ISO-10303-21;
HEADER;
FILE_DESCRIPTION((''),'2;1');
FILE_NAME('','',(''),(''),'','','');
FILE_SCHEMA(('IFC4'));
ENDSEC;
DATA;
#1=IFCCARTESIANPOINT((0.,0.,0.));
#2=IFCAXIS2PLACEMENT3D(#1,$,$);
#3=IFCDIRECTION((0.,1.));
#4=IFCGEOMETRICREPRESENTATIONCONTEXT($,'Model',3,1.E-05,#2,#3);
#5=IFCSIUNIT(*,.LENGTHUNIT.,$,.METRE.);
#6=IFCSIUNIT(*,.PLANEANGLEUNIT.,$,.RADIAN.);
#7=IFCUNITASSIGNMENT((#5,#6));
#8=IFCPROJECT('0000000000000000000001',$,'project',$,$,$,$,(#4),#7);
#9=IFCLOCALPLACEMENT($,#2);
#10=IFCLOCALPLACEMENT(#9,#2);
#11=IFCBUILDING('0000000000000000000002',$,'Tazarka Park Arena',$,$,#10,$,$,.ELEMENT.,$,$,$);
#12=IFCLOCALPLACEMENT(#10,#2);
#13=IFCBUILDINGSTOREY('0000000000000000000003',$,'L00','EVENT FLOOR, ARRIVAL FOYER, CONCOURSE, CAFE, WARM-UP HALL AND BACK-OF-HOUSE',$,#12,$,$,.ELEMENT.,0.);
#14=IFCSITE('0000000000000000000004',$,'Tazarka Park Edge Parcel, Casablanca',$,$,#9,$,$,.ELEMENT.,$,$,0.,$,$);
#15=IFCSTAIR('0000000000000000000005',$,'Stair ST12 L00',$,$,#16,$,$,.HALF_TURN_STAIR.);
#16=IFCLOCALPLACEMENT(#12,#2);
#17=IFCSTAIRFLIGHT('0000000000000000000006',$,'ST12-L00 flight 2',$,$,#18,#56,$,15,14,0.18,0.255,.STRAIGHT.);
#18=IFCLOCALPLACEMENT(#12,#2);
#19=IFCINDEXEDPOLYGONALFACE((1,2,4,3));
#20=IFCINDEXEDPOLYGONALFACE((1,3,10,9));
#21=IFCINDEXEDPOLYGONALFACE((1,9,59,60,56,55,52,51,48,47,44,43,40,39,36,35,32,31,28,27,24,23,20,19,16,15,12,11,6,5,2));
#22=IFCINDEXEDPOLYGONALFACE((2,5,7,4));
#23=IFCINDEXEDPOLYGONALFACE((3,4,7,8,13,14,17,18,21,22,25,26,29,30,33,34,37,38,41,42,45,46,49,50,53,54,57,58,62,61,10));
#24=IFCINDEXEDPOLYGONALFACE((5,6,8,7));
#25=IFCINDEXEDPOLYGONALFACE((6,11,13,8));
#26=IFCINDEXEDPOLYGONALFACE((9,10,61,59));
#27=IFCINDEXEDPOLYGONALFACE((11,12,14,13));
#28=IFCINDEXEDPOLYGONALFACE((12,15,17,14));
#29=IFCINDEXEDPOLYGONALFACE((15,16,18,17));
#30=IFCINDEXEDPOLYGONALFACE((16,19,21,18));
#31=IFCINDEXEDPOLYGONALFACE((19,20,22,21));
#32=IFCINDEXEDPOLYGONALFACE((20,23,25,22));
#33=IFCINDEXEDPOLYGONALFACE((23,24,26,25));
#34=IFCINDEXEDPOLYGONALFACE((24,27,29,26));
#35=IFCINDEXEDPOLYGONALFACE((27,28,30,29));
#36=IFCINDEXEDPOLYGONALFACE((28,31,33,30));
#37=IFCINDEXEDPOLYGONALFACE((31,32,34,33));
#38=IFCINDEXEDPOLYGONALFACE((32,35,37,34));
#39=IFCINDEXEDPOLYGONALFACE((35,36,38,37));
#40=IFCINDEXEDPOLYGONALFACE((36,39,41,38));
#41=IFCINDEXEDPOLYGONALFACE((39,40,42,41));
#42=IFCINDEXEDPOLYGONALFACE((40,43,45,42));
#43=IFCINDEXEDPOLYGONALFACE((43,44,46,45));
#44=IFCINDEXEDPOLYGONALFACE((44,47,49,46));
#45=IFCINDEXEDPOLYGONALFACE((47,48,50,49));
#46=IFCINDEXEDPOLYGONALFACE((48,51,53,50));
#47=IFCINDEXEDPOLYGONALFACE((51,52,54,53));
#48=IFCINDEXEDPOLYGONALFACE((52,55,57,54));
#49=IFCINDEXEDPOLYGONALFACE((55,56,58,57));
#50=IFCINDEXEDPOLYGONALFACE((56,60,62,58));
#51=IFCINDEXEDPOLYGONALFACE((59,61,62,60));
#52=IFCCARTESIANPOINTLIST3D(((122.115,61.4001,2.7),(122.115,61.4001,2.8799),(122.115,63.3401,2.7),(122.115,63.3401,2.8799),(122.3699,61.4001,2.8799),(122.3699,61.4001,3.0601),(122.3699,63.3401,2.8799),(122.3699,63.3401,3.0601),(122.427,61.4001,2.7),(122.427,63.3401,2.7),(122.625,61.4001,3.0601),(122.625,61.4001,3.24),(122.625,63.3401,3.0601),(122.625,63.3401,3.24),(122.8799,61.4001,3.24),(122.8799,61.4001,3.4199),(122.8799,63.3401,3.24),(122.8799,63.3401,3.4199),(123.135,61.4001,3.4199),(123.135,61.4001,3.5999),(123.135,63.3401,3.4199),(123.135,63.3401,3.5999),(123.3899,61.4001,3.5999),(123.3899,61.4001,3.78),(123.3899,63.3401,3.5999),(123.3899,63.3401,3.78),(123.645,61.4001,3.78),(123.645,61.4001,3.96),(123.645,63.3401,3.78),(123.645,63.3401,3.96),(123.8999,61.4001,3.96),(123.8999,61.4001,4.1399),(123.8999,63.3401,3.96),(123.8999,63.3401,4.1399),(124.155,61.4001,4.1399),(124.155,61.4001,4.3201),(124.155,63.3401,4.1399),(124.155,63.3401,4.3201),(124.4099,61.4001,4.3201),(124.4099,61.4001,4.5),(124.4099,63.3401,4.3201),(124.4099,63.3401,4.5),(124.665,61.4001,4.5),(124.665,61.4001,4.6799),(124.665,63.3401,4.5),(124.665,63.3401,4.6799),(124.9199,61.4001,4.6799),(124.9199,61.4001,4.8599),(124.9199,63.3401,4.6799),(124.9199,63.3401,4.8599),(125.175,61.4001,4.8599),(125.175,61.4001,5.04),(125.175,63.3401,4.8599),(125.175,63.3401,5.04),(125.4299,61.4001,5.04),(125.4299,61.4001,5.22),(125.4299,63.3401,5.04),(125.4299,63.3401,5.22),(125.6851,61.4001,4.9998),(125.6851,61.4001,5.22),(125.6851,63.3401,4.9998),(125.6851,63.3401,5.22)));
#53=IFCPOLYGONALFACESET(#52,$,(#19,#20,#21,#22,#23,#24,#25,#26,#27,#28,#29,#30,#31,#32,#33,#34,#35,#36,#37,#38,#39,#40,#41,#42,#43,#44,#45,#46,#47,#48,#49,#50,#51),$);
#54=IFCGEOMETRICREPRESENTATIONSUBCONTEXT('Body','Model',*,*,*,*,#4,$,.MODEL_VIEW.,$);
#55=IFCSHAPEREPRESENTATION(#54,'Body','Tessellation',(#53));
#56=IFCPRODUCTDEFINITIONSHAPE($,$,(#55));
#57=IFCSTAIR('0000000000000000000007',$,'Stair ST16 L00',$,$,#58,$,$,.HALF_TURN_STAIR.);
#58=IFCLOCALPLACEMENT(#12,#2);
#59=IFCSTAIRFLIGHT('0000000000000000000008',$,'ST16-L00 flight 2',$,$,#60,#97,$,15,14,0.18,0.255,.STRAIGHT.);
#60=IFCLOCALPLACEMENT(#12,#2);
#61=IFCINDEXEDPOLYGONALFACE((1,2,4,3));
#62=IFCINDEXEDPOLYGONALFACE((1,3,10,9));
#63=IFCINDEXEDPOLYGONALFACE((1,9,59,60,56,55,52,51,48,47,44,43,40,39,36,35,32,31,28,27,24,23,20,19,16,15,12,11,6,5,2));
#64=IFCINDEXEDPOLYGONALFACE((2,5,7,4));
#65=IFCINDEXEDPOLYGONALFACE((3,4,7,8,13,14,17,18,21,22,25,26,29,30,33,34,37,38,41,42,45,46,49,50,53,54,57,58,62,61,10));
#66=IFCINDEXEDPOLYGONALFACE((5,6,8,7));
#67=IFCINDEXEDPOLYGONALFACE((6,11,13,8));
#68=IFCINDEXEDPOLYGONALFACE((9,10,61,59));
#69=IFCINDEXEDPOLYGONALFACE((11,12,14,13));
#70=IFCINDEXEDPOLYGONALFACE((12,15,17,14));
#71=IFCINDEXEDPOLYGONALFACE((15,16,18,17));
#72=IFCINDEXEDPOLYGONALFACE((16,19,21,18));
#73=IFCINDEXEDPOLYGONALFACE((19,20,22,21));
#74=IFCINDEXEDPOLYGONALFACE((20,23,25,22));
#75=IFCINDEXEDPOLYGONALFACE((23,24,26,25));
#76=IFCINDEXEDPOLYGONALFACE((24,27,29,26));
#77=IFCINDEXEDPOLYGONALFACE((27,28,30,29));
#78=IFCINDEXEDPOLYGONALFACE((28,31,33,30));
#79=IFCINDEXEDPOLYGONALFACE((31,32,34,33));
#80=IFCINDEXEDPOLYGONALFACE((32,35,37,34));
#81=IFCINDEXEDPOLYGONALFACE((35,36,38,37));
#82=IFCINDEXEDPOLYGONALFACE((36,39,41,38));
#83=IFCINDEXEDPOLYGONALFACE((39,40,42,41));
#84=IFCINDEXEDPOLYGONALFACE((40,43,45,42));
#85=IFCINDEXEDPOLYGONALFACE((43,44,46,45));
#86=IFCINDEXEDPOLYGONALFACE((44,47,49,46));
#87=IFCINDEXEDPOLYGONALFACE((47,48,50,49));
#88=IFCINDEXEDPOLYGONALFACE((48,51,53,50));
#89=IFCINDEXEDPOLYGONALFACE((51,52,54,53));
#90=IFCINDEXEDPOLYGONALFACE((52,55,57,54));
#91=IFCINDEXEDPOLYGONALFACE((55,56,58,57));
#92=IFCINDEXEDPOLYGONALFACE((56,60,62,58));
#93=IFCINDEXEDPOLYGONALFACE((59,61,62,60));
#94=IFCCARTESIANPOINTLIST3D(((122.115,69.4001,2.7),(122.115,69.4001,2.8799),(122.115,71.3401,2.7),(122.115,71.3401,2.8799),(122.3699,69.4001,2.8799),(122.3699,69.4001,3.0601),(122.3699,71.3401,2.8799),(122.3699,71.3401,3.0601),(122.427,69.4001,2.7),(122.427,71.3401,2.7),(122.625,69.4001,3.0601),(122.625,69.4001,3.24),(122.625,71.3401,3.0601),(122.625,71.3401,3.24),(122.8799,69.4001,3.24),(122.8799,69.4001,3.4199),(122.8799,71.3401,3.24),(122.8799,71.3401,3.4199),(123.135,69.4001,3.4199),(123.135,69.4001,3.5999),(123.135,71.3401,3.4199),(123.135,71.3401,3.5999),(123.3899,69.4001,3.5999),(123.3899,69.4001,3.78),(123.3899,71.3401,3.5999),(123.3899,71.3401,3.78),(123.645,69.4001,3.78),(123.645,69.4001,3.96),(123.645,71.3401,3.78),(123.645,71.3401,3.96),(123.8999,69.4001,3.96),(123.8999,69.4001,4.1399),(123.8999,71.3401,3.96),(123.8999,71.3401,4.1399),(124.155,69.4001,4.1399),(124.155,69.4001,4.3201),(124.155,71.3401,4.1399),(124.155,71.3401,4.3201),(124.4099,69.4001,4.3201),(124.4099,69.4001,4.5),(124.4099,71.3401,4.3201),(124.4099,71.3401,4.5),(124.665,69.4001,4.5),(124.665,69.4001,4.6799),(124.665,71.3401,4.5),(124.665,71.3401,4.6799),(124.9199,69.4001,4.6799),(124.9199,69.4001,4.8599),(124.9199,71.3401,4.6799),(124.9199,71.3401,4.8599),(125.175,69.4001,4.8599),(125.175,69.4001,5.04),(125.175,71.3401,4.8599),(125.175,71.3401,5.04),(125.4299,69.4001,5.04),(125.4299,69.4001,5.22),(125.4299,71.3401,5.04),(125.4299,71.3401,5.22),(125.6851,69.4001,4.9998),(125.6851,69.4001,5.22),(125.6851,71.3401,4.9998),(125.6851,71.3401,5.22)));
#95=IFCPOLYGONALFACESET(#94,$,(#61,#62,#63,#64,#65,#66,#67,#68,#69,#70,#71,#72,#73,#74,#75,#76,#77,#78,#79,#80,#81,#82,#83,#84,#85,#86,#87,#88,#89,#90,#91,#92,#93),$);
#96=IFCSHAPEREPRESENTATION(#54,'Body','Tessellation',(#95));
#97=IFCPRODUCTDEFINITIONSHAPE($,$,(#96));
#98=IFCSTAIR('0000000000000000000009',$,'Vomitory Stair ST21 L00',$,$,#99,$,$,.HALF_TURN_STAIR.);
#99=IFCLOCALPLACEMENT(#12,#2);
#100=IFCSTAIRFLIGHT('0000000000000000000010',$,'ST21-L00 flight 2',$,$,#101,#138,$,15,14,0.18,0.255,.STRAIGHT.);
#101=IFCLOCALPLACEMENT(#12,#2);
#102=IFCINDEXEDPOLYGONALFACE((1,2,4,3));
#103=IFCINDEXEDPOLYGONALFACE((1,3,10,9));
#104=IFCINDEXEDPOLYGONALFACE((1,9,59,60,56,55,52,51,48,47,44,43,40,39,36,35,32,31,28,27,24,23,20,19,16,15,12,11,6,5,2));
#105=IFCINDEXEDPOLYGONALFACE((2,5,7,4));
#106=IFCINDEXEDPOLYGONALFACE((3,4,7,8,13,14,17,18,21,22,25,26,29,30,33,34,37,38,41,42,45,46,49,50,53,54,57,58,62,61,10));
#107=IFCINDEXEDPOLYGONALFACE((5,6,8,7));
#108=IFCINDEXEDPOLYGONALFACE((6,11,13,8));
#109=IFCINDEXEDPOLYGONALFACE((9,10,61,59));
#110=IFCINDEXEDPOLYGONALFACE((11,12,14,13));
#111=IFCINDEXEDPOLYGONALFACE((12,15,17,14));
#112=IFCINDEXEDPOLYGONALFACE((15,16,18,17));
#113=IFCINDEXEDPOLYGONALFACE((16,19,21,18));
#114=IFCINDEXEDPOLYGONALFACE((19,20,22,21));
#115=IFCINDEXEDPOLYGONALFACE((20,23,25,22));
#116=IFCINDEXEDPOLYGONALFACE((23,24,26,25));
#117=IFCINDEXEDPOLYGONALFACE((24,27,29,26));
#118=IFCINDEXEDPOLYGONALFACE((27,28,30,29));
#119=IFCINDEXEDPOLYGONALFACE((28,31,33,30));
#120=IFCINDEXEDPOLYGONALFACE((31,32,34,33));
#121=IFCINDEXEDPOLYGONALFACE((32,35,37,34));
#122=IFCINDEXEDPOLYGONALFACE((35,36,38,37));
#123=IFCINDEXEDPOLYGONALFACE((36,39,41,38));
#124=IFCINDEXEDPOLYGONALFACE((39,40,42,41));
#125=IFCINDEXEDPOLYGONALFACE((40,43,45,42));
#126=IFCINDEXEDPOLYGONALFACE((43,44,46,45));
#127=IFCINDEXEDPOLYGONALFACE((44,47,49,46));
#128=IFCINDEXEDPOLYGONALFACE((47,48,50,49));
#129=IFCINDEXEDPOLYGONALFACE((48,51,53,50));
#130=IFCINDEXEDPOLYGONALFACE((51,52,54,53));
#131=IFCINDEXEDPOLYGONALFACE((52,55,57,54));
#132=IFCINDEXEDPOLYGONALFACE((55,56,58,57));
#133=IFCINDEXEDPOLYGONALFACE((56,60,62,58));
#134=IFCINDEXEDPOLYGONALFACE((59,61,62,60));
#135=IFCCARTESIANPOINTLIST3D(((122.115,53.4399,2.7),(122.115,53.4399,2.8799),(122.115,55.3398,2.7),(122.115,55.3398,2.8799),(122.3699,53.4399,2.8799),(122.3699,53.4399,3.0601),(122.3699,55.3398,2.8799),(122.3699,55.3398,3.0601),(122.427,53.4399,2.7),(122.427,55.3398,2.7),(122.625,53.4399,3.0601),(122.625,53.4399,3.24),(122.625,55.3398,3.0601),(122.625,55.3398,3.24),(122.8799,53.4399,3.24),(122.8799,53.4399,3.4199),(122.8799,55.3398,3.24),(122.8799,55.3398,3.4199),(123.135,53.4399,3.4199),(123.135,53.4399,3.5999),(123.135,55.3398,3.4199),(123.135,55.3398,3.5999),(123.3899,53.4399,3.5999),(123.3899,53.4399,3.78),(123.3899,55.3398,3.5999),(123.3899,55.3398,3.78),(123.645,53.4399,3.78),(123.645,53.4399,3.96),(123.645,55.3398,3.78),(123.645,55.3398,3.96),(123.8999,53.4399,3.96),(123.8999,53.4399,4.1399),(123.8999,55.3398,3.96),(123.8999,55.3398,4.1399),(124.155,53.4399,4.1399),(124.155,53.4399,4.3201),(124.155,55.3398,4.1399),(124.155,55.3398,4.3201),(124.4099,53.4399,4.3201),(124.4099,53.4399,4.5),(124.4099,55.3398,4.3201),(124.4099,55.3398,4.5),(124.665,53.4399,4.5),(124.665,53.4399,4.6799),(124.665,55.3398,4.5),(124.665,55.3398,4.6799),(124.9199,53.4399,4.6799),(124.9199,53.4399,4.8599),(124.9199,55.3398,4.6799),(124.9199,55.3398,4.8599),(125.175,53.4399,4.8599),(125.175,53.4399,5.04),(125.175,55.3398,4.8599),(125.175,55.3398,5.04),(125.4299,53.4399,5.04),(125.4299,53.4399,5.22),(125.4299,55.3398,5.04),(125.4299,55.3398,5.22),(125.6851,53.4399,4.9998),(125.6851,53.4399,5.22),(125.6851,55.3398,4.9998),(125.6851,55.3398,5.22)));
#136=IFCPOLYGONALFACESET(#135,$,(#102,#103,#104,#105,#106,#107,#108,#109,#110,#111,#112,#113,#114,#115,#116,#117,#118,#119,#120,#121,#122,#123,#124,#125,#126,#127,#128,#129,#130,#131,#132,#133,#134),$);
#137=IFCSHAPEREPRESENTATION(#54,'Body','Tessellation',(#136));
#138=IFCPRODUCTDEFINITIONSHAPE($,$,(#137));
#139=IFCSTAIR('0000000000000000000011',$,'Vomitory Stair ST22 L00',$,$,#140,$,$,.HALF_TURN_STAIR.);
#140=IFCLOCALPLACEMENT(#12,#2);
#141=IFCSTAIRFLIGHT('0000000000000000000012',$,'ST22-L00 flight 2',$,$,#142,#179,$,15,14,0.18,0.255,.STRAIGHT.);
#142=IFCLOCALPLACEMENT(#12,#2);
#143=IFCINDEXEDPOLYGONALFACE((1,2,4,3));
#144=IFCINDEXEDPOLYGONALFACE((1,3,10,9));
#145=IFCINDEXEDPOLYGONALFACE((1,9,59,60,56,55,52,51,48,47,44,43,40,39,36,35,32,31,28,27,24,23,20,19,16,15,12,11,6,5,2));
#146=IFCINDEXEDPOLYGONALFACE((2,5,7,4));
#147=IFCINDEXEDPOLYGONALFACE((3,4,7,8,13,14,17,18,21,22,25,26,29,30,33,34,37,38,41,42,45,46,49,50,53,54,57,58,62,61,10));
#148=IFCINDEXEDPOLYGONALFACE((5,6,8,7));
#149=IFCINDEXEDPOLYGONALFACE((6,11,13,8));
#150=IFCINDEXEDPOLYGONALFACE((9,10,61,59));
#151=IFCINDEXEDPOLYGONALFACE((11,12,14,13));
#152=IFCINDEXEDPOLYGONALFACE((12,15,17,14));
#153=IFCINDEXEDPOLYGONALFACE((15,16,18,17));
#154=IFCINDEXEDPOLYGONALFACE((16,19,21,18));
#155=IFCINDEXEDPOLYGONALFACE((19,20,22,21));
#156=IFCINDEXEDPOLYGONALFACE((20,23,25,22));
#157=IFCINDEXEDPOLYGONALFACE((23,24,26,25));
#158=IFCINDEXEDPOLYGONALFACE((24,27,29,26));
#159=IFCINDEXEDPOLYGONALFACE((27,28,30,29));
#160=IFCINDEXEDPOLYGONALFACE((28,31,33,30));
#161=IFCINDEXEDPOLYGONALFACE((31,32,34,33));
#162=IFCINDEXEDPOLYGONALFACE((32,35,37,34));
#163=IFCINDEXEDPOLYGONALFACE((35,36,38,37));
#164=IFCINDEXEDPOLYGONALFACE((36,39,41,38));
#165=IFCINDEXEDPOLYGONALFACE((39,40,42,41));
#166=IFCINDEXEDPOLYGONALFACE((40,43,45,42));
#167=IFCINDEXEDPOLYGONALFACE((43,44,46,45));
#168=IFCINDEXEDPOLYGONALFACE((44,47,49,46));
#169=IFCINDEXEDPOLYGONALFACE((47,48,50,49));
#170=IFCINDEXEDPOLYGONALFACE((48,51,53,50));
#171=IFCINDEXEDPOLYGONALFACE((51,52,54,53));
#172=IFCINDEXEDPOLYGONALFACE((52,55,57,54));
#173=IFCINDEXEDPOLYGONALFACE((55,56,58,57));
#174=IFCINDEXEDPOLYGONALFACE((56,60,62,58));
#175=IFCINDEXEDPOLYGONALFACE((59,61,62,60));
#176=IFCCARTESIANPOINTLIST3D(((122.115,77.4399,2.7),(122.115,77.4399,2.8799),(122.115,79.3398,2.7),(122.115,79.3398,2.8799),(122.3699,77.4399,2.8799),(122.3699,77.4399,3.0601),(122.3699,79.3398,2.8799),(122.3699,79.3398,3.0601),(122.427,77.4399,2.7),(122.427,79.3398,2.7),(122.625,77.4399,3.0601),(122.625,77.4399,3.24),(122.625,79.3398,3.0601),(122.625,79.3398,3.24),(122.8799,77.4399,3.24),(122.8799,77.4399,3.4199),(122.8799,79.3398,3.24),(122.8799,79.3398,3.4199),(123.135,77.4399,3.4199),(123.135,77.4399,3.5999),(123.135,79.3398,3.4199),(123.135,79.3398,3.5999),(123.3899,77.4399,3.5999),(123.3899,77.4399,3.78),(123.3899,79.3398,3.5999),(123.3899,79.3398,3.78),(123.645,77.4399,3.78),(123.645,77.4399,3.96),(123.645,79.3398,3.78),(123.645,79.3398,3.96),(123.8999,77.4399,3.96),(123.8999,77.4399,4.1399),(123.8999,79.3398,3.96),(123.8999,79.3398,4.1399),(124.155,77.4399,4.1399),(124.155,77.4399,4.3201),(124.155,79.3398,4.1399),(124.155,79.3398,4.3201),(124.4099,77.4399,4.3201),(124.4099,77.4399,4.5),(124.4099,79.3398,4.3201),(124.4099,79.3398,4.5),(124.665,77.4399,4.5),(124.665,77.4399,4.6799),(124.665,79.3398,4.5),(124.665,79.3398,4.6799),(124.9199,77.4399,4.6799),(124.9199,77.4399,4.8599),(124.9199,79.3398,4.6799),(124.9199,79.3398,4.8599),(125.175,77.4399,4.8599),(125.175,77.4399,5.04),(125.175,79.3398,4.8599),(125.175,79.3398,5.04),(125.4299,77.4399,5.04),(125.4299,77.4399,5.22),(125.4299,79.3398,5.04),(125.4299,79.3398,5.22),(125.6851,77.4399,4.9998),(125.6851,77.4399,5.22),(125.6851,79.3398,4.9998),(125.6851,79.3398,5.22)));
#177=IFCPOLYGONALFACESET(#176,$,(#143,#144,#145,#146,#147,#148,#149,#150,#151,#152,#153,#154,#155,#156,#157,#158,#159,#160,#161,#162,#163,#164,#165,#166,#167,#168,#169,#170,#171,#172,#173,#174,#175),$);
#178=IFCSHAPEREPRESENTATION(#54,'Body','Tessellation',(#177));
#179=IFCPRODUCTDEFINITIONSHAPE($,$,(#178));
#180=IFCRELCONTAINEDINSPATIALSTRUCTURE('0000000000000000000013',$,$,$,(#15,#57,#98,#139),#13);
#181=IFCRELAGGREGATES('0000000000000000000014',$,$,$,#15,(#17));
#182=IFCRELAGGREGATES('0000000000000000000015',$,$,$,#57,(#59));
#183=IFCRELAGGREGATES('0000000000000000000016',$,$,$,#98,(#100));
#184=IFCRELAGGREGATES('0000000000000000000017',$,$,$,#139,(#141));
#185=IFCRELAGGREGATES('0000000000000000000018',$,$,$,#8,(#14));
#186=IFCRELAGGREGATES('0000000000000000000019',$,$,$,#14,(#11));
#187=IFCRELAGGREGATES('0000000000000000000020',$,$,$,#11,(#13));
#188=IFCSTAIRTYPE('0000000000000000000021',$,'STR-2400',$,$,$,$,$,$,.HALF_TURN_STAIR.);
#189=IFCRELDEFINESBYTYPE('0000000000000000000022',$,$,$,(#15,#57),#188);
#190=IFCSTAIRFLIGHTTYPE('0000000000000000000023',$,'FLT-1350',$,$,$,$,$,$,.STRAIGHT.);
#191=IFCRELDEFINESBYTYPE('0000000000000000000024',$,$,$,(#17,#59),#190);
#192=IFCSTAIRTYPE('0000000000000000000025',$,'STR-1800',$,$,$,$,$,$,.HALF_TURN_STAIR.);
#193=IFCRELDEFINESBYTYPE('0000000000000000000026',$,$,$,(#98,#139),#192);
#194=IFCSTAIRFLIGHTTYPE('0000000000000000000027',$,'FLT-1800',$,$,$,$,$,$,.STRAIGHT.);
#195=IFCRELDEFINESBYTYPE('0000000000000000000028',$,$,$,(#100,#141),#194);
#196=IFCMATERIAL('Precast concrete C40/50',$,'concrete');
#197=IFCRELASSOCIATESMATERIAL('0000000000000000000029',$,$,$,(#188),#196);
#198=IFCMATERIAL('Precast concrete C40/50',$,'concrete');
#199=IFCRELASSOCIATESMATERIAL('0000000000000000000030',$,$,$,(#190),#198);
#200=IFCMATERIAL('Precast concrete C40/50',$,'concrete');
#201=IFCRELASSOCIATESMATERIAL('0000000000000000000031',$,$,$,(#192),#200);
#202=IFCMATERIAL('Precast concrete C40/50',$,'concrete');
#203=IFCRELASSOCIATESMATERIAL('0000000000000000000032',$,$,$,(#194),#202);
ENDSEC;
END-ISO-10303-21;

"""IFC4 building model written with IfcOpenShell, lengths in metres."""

from ifc_helpers import new_model, si_unit, direction, frame, origin, place, context, subcontext, project, spatial, polyline, outline, extrude, material, type_object, element, aggregate, save


model = new_model("IFC4")

# Units and contexts
model_context = context("Model", 3, precision=1e-05, world=origin(), true_north=direction((0.0, 1.0)))
body_context = subcontext(model_context, "Body", "Model", "MODEL_VIEW")
ifc_project = project(units=[si_unit("LENGTHUNIT", "METRE"), si_unit("PLANEANGLEUNIT", "RADIAN")], contexts=[model_context])

# Site, building, storey
site_placement = place(None, origin())
site = spatial("IfcSite", under=ifc_project, at=site_placement, Name="Tazarka Park Edge Parcel, Casablanca", CompositionType="ELEMENT", RefElevation=0.0)
building_placement = place(site_placement, origin())
building = spatial("IfcBuilding", under=site, at=building_placement, Name="Tazarka Park Arena", CompositionType="ELEMENT")
storey_placement = place(building_placement, origin())
storey = spatial("IfcBuildingStorey", under=building, at=storey_placement, Name="L00", Description="EVENT FLOOR, ARRIVAL FOYER, CONCOURSE, CAFE, WARM-UP HALL AND BACK-OF-HOUSE", CompositionType="ELEMENT", Elevation=0.0)

# Stairs, stair flights
ifc_material_1 = material(Name="Precast concrete C40/50", Category="concrete")
stair_type_1 = type_object("IfcStairType", Name="STR-2400", PredefinedType="HALF_TURN_STAIR", material=ifc_material_1)
stair_1_placement = place(storey_placement, origin())
stair_1 = element("IfcStair", 1, at=stair_1_placement, inside=storey, type_object=stair_type_1, Name="Stair ST12 L00", PredefinedType="HALF_TURN_STAIR")
ifc_material_2 = material(Name="Precast concrete C40/50", Category="concrete")
stair_flight_type_1 = type_object("IfcStairFlightType", Name="FLT-1350", PredefinedType="STRAIGHT", material=ifc_material_2)
stair_flight_1_placement = place(storey_placement, frame((122.115, 62.3701, 2.7), z_axis=(0.0, 0.0, 1.0), x_axis=(1.0, 0.0, 0.0)))
stair_flight_1 = element("IfcStairFlight", 2, at=stair_flight_1_placement, type_object=stair_flight_type_1, Name="ST12-L00 flight 2", NumberOfRisers=15, NumberOfTreads=14, PredefinedType="STRAIGHT", RiserHeight=0.18, TreadLength=0.255, context=body_context, shape_type="SweptSolid", body=[
    extrude(outline(polyline([(0.0, 0.0), (0.0, 0.1799), (0.2549, 0.1799), (0.2549, 0.3601), (0.51, 0.3601), (0.51, 0.54), (0.7649, 0.54), (0.7649, 0.72), (1.02, 0.72), (1.02, 0.8999), (1.2749, 0.8999), (1.2749, 1.0801), (1.53, 1.0801), (1.53, 1.26), (1.7849, 1.26), (1.7849, 1.4399), (2.04, 1.4399), (2.04, 1.6201), (2.2949, 1.6201), (2.2949, 1.8), (2.55, 1.8), (2.55, 1.98), (2.8049, 1.98), (2.8049, 2.1599), (3.0601, 2.1599), (3.0601, 2.3401), (3.3149, 2.3401), (3.3149, 2.52), (3.5701, 2.52), (3.5701, 2.7), (3.5701, 2.2998), (0.312, 0.0), (0.0, 0.0)])), frame((0.0, 0.97, 0.0), z_axis=(0.0, -1.0, 0.0), x_axis=(1.0, 0.0, 0.0)), (0.0, 0.0, 1.0), 1.9399),
])
aggregate(stair_1, [stair_flight_1])
stair_2_placement = place(storey_placement, origin())
stair_2 = element("IfcStair", 3, at=stair_2_placement, inside=storey, type_object=stair_type_1, Name="Stair ST16 L00", PredefinedType="HALF_TURN_STAIR")
stair_flight_2_placement = place(storey_placement, frame((122.115, 70.3701, 2.7), z_axis=(0.0, 0.0, 1.0), x_axis=(1.0, 0.0, 0.0)))
stair_flight_2 = element("IfcStairFlight", 4, at=stair_flight_2_placement, type_object=stair_flight_type_1, Name="ST16-L00 flight 2", NumberOfRisers=15, NumberOfTreads=14, PredefinedType="STRAIGHT", RiserHeight=0.18, TreadLength=0.255, context=body_context, shape_type="SweptSolid", body=[
    extrude(outline(polyline([(0.0, 0.0), (0.0, 0.1799), (0.2549, 0.1799), (0.2549, 0.3601), (0.51, 0.3601), (0.51, 0.54), (0.7649, 0.54), (0.7649, 0.72), (1.02, 0.72), (1.02, 0.8999), (1.2749, 0.8999), (1.2749, 1.0801), (1.53, 1.0801), (1.53, 1.26), (1.7849, 1.26), (1.7849, 1.4399), (2.04, 1.4399), (2.04, 1.6201), (2.2949, 1.6201), (2.2949, 1.8), (2.55, 1.8), (2.55, 1.98), (2.8049, 1.98), (2.8049, 2.1599), (3.0601, 2.1599), (3.0601, 2.3401), (3.3149, 2.3401), (3.3149, 2.52), (3.5701, 2.52), (3.5701, 2.7), (3.5701, 2.2998), (0.312, 0.0), (0.0, 0.0)])), frame((0.0, 0.97, 0.0), z_axis=(0.0, -1.0, 0.0), x_axis=(1.0, 0.0, 0.0)), (0.0, 0.0, 1.0), 1.9399),
])
aggregate(stair_2, [stair_flight_2])
ifc_material_3 = material(Name="Precast concrete C40/50", Category="concrete")
stair_type_2 = type_object("IfcStairType", Name="STR-1800", PredefinedType="HALF_TURN_STAIR", material=ifc_material_3)
stair_3_placement = place(storey_placement, origin())
stair_3 = element("IfcStair", 5, at=stair_3_placement, inside=storey, type_object=stair_type_2, Name="Vomitory Stair ST21 L00", PredefinedType="HALF_TURN_STAIR")
ifc_material_4 = material(Name="Precast concrete C40/50", Category="concrete")
stair_flight_type_2 = type_object("IfcStairFlightType", Name="FLT-1800", PredefinedType="STRAIGHT", material=ifc_material_4)
stair_flight_3_placement = place(storey_placement, frame((122.115, 54.3899, 2.7), z_axis=(0.0, 0.0, 1.0), x_axis=(1.0, 0.0, 0.0)))
stair_flight_3 = element("IfcStairFlight", 6, at=stair_flight_3_placement, type_object=stair_flight_type_2, Name="ST21-L00 flight 2", NumberOfRisers=15, NumberOfTreads=14, PredefinedType="STRAIGHT", RiserHeight=0.18, TreadLength=0.255, context=body_context, shape_type="SweptSolid", body=[
    extrude(outline(polyline([(0.0, 0.0), (0.0, 0.1799), (0.2549, 0.1799), (0.2549, 0.3601), (0.51, 0.3601), (0.51, 0.54), (0.7649, 0.54), (0.7649, 0.72), (1.02, 0.72), (1.02, 0.8999), (1.2749, 0.8999), (1.2749, 1.0801), (1.53, 1.0801), (1.53, 1.26), (1.7849, 1.26), (1.7849, 1.4399), (2.04, 1.4399), (2.04, 1.6201), (2.2949, 1.6201), (2.2949, 1.8), (2.55, 1.8), (2.55, 1.98), (2.8049, 1.98), (2.8049, 2.1599), (3.0601, 2.1599), (3.0601, 2.3401), (3.3149, 2.3401), (3.3149, 2.52), (3.5701, 2.52), (3.5701, 2.7), (3.5701, 2.2998), (0.312, 0.0), (0.0, 0.0)])), frame((0.0, 0.95, 0.0), z_axis=(0.0, -1.0, 0.0), x_axis=(1.0, 0.0, 0.0)), (0.0, 0.0, 1.0), 1.8999),
])
aggregate(stair_3, [stair_flight_3])
stair_4_placement = place(storey_placement, origin())
stair_4 = element("IfcStair", 7, at=stair_4_placement, inside=storey, type_object=stair_type_2, Name="Vomitory Stair ST22 L00", PredefinedType="HALF_TURN_STAIR")
stair_flight_4_placement = place(storey_placement, frame((122.115, 78.3899, 2.7), z_axis=(0.0, 0.0, 1.0), x_axis=(1.0, 0.0, 0.0)))
stair_flight_4 = element("IfcStairFlight", 8, at=stair_flight_4_placement, type_object=stair_flight_type_2, Name="ST22-L00 flight 2", NumberOfRisers=15, NumberOfTreads=14, PredefinedType="STRAIGHT", RiserHeight=0.18, TreadLength=0.255, context=body_context, shape_type="SweptSolid", body=[
    extrude(outline(polyline([(0.0, 0.0), (0.0, 0.1799), (0.2549, 0.1799), (0.2549, 0.3601), (0.51, 0.3601), (0.51, 0.54), (0.7649, 0.54), (0.7649, 0.72), (1.02, 0.72), (1.02, 0.8999), (1.2749, 0.8999), (1.2749, 1.0801), (1.53, 1.0801), (1.53, 1.26), (1.7849, 1.26), (1.7849, 1.4399), (2.04, 1.4399), (2.04, 1.6201), (2.2949, 1.6201), (2.2949, 1.8), (2.55, 1.8), (2.55, 1.98), (2.8049, 1.98), (2.8049, 2.1599), (3.0601, 2.1599), (3.0601, 2.3401), (3.3149, 2.3401), (3.3149, 2.52), (3.5701, 2.52), (3.5701, 2.7), (3.5701, 2.2998), (0.312, 0.0), (0.0, 0.0)])), frame((0.0, 0.95, 0.0), z_axis=(0.0, -1.0, 0.0), x_axis=(1.0, 0.0, 0.0)), (0.0, 0.0, 1.0), 1.8999),
])
aggregate(stair_4, [stair_flight_4])

save(model, "model.ifc")
